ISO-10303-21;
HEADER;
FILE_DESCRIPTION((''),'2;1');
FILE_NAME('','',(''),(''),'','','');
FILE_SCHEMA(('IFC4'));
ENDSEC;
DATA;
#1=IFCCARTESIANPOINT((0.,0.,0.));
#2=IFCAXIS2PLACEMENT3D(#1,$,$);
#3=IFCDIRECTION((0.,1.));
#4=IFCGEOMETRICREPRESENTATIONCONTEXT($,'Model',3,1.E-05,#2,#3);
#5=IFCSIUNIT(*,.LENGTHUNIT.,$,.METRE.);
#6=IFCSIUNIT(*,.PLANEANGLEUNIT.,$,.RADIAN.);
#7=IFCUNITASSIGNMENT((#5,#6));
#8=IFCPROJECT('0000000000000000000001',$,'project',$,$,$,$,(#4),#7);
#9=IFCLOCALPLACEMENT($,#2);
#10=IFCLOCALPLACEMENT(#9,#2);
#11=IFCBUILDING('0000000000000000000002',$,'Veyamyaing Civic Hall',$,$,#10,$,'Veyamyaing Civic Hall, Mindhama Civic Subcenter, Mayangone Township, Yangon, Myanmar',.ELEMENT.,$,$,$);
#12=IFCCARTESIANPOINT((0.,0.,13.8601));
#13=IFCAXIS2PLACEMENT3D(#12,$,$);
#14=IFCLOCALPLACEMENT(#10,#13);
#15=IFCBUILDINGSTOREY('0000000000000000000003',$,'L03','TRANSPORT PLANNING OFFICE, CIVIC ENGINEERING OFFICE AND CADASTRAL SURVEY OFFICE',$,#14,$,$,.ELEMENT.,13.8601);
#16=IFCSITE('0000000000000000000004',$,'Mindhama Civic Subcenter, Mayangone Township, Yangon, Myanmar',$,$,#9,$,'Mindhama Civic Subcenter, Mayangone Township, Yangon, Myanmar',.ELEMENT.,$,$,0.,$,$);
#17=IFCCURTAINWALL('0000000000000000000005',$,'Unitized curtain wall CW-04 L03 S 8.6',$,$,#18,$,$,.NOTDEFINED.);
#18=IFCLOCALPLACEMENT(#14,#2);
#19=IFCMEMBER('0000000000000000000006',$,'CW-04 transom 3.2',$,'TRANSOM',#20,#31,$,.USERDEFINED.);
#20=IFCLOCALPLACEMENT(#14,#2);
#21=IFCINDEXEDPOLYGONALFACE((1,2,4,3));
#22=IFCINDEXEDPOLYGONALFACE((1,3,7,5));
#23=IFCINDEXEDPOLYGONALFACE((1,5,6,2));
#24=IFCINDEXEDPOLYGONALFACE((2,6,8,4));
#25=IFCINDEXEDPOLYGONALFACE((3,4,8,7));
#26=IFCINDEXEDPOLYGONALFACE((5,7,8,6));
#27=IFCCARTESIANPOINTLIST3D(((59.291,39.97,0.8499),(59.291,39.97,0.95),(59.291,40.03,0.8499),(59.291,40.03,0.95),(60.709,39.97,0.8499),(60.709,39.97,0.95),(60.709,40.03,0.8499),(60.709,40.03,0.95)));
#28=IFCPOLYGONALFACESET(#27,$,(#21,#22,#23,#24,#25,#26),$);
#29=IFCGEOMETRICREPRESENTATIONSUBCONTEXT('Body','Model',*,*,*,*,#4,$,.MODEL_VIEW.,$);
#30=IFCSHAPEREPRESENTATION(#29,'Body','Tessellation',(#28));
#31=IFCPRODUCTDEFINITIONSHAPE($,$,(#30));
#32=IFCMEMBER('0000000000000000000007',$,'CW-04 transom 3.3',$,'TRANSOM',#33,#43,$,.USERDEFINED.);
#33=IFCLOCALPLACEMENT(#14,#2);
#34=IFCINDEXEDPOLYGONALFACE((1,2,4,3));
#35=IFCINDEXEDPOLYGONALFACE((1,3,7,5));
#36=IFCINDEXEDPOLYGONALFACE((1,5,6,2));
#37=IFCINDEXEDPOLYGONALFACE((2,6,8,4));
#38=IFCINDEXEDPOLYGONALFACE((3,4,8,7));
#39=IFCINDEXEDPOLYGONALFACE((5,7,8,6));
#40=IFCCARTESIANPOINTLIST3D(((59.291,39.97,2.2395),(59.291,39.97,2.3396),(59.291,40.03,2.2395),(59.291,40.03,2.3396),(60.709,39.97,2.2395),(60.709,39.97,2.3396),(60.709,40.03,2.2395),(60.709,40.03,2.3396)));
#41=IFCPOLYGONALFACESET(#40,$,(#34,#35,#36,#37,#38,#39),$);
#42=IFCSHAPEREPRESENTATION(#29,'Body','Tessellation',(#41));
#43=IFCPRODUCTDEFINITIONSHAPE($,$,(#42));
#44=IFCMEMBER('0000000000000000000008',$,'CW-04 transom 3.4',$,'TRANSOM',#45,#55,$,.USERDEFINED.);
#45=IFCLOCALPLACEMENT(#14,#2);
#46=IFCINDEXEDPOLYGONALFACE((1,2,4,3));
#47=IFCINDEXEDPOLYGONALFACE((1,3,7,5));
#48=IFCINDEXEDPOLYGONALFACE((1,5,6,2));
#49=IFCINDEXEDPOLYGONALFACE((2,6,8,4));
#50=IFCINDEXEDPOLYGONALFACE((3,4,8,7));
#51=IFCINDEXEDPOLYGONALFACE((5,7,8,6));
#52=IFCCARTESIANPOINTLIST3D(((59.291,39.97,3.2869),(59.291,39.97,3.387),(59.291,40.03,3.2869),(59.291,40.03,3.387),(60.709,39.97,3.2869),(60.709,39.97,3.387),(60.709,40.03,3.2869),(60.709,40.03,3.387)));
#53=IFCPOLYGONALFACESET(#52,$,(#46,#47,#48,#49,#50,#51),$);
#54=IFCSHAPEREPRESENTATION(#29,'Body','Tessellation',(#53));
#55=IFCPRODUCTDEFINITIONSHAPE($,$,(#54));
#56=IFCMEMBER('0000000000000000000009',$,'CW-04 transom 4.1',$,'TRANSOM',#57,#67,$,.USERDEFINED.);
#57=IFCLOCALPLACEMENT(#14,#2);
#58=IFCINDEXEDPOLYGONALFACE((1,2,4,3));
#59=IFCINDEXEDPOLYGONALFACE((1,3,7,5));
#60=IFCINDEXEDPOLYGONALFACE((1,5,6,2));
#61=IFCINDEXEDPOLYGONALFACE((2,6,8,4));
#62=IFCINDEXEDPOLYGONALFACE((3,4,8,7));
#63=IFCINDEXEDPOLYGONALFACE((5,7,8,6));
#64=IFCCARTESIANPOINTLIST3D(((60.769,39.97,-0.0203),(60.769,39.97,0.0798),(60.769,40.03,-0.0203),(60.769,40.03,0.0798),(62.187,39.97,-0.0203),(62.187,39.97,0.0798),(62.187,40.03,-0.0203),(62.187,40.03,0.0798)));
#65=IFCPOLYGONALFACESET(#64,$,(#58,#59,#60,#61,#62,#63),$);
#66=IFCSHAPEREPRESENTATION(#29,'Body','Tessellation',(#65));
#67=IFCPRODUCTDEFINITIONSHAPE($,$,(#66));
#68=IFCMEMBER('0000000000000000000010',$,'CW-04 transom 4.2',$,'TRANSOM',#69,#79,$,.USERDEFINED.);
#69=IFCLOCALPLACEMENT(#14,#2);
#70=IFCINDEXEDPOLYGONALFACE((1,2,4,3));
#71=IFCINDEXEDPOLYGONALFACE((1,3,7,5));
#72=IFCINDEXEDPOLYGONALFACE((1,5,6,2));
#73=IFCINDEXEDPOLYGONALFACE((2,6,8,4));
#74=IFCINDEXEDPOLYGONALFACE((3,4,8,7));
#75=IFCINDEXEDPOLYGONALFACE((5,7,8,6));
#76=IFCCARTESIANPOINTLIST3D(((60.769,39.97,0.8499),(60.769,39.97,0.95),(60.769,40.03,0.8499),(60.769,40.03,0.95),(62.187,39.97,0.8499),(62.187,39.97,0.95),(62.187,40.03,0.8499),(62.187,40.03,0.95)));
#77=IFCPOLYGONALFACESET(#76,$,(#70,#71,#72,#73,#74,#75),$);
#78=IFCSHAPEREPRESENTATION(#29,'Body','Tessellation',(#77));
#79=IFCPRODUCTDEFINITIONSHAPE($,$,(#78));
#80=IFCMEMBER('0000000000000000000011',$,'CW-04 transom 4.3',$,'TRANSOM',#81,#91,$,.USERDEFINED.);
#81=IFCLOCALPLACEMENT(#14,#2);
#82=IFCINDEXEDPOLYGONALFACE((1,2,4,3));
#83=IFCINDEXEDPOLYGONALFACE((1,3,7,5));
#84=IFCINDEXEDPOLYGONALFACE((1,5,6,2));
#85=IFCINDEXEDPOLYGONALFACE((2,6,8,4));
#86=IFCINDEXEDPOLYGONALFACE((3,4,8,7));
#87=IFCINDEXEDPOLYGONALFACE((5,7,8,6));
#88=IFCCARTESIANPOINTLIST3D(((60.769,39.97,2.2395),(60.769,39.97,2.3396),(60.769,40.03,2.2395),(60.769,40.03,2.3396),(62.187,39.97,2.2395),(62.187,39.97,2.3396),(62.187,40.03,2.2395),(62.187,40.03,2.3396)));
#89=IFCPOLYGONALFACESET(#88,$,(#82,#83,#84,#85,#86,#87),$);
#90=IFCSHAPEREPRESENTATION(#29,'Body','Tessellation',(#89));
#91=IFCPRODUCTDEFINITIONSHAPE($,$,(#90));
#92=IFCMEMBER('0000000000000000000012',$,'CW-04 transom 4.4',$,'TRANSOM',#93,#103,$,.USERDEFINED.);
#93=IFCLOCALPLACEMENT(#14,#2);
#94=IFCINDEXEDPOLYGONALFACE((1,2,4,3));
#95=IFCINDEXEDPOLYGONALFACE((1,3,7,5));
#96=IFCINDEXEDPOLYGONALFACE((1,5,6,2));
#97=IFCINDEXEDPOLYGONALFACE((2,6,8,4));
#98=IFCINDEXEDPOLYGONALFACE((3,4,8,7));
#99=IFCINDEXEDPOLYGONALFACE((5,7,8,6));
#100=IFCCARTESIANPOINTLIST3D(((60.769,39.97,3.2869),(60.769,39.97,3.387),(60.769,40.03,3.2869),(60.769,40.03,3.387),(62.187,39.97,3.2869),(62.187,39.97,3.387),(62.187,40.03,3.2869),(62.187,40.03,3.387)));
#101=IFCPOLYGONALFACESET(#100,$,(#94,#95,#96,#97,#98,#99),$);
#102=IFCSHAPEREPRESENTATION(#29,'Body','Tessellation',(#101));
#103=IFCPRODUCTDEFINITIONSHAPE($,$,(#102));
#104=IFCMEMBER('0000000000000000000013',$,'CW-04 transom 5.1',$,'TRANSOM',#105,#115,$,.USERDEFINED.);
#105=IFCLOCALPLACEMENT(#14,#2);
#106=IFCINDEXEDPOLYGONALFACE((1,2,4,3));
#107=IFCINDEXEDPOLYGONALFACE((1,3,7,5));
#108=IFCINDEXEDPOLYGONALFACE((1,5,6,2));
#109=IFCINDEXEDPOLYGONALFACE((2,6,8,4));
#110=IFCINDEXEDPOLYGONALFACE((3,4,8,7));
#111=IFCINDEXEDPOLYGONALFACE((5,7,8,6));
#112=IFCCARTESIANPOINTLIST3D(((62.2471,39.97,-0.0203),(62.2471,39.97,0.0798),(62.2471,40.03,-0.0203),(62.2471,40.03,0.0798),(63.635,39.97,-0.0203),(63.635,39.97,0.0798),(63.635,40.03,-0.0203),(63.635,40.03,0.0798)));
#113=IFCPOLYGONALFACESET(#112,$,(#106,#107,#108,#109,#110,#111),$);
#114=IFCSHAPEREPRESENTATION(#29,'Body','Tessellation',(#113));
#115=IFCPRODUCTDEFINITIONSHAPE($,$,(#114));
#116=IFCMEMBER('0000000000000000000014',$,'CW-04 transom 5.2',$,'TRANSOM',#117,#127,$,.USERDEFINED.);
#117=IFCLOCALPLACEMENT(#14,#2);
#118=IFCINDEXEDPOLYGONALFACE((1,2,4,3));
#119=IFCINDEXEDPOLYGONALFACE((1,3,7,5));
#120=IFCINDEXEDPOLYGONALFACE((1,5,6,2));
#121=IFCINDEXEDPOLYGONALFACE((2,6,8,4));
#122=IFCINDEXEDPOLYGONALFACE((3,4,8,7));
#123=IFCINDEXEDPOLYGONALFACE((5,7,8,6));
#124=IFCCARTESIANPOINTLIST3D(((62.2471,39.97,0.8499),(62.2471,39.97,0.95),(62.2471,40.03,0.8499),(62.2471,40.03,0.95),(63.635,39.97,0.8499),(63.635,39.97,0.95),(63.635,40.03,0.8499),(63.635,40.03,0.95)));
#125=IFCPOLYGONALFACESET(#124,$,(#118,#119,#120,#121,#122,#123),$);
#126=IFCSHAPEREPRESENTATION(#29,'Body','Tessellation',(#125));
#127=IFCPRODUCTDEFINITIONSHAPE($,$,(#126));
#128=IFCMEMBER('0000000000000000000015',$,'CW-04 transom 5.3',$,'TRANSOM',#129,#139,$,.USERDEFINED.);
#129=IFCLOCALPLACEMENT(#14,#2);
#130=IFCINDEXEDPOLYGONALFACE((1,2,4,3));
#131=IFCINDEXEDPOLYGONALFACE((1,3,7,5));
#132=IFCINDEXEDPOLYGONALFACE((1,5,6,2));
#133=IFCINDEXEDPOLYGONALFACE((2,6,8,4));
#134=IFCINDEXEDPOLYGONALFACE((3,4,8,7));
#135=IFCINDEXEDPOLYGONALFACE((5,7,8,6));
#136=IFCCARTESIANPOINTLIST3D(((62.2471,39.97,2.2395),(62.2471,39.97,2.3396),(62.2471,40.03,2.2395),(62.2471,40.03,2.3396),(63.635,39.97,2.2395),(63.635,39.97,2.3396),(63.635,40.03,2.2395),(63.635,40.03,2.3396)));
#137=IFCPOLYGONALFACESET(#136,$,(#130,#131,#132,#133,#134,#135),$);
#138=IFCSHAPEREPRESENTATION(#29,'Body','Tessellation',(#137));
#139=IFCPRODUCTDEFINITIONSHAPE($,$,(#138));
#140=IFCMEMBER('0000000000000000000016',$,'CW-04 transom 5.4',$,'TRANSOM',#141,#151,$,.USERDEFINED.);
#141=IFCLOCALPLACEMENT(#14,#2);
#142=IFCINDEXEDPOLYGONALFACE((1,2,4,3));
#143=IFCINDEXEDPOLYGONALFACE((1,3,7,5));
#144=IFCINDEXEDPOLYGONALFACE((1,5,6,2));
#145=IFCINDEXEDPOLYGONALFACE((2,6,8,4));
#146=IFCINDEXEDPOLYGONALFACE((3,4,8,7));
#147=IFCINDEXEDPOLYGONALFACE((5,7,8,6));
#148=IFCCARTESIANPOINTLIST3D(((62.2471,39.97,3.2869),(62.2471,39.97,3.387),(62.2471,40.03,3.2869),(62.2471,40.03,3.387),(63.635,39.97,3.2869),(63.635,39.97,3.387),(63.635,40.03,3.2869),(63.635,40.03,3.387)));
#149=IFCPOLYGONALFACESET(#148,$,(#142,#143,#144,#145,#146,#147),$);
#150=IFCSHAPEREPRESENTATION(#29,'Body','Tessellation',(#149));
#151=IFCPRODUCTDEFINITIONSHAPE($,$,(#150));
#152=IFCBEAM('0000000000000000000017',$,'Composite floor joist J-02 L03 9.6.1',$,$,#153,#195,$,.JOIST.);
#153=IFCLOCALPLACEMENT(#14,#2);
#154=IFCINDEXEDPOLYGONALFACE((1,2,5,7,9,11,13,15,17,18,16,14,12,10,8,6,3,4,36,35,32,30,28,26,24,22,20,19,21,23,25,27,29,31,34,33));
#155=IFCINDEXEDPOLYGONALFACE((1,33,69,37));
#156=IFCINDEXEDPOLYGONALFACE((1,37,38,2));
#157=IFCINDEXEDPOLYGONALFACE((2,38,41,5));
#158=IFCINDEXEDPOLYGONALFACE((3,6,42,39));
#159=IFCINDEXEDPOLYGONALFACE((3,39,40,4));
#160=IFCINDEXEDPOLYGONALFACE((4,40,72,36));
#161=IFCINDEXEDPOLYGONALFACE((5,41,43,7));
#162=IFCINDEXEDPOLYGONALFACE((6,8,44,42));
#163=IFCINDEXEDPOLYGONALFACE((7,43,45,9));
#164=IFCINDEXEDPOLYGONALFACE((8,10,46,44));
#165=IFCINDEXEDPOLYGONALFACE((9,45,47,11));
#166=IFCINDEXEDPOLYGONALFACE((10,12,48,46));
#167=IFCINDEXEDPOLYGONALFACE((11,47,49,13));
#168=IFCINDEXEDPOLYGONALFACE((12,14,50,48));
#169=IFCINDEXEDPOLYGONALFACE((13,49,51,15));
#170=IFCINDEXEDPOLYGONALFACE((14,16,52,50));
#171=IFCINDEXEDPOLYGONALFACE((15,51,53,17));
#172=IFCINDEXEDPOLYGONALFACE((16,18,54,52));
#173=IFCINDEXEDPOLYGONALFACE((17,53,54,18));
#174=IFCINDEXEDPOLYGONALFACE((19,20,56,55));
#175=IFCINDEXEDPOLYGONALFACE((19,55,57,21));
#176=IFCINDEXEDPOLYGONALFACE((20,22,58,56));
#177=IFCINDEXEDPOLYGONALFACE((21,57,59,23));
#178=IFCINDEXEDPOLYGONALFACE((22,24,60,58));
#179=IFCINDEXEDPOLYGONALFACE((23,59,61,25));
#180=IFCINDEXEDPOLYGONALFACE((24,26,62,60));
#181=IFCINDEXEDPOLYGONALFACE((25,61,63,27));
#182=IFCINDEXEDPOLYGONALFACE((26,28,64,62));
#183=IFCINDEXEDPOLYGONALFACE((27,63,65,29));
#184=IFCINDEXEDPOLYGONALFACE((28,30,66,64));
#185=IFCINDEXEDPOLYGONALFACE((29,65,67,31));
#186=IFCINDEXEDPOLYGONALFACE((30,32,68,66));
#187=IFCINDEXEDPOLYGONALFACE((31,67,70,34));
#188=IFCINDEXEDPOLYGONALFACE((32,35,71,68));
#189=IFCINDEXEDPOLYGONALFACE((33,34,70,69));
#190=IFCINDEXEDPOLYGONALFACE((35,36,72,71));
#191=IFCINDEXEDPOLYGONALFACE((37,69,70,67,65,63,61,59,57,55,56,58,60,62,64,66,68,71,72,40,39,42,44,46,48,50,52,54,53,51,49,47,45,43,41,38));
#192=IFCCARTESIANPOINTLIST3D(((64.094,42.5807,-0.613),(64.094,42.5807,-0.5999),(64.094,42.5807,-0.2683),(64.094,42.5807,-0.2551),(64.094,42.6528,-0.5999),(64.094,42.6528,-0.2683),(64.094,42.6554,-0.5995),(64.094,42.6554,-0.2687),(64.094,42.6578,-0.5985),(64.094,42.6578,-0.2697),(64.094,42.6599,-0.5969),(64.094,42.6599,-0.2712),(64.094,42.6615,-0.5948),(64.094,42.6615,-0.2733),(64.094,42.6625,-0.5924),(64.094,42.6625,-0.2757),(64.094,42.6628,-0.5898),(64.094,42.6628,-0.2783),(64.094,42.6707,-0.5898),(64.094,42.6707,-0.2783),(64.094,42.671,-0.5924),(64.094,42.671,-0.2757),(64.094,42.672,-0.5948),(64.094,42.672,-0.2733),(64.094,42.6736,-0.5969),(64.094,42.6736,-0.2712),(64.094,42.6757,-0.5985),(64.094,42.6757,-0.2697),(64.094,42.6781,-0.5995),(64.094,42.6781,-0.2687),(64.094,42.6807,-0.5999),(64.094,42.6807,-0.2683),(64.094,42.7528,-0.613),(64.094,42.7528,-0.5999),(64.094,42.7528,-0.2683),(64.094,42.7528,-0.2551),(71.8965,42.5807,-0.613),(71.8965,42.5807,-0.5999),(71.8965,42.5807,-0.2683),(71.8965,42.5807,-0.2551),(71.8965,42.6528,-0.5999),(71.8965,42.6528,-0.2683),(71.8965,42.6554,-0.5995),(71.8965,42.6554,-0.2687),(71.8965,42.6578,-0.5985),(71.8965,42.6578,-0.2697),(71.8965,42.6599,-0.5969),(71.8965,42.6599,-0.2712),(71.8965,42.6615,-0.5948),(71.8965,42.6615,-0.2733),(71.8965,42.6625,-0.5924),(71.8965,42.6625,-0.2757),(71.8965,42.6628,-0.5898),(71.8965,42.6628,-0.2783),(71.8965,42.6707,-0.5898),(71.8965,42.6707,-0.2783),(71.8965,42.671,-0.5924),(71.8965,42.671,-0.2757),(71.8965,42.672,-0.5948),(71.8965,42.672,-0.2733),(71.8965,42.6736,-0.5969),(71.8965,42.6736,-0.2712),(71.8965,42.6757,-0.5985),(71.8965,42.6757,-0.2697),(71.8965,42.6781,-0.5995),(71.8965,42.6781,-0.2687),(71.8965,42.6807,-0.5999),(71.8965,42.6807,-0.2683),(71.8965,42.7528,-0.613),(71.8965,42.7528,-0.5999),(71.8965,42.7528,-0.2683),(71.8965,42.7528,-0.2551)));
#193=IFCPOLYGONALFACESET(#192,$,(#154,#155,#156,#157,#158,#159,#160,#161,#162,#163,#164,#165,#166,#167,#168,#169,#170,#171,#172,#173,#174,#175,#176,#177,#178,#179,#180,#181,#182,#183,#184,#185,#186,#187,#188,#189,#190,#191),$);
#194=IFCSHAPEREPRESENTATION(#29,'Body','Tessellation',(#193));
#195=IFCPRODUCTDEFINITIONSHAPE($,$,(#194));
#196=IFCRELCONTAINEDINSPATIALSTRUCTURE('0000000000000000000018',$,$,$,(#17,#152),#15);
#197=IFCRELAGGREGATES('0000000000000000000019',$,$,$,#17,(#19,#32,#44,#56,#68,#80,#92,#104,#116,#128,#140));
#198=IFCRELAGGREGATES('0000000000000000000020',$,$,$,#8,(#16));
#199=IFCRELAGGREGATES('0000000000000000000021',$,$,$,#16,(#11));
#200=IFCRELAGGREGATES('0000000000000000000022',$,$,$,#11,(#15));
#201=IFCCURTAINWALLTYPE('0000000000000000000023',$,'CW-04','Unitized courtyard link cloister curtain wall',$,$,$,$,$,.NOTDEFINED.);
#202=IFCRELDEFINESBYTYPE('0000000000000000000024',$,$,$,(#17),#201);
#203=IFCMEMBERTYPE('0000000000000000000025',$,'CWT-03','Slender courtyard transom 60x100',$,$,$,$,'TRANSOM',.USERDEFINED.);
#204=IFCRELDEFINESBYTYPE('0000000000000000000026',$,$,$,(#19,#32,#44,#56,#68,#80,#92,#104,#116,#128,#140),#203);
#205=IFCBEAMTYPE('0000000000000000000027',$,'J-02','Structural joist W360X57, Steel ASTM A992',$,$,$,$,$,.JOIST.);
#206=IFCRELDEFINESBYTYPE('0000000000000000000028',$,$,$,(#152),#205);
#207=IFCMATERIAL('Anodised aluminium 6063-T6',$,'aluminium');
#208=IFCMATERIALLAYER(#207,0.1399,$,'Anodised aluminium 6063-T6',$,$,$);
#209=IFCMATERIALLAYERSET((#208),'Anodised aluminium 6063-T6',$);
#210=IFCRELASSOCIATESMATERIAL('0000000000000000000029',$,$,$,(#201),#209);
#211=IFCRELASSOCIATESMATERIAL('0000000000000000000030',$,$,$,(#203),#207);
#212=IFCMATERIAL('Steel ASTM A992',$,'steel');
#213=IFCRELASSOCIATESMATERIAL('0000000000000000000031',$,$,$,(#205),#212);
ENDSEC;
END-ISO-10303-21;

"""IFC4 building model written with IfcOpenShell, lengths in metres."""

from ifc_helpers import new_model, si_unit, direction, frame, origin, origin_2d, place, context, subcontext, project, spatial, rectangle, i_section, extrude, material, layer, layer_set, material_profile, profile_set, type_object, element, aggregate, save


model = new_model("IFC4")

# Units and contexts
model_context = context("Model", 3, precision=1e-05, world=origin(), true_north=direction((0.0, 1.0)))
body_context = subcontext(model_context, "Body", "Model", "MODEL_VIEW")
ifc_project = project(units=[si_unit("LENGTHUNIT", "METRE"), si_unit("PLANEANGLEUNIT", "RADIAN")], contexts=[model_context])

# Site, building, storey
site_placement = place(None, origin())
site = spatial("IfcSite", under=ifc_project, at=site_placement, Name="Mindhama Civic Subcenter, Mayangone Township, Yangon, Myanmar", LongName="Mindhama Civic Subcenter, Mayangone Township, Yangon, Myanmar", CompositionType="ELEMENT", RefElevation=0.0)
building_placement = place(site_placement, origin())
building = spatial("IfcBuilding", under=site, at=building_placement, Name="Veyamyaing Civic Hall", LongName="Veyamyaing Civic Hall, Mindhama Civic Subcenter, Mayangone Township, Yangon, Myanmar", CompositionType="ELEMENT")
storey_placement = place(building_placement, frame((0.0, 0.0, 13.8601)))
storey = spatial("IfcBuildingStorey", under=building, at=storey_placement, Name="L03", Description="TRANSPORT PLANNING OFFICE, CIVIC ENGINEERING OFFICE AND CADASTRAL SURVEY OFFICE", CompositionType="ELEMENT", Elevation=13.8601)

# Shared definitions
ifc_material_1 = material(Name="Steel ASTM A992", Category="steel")

# Curtain wall, members
ifc_material_2 = material(Name="Anodised aluminium 6063-T6", Category="aluminium")
ifc_layer_1 = layer(ifc_material_2, 0.1399, Name="Anodised aluminium 6063-T6")
ifc_layer_set_1 = layer_set([ifc_layer_1], Name="Anodised aluminium 6063-T6")
curtain_wall_type = type_object("IfcCurtainWallType", Name="CW-04", Description="Unitized courtyard link cloister curtain wall", PredefinedType="NOTDEFINED", material=ifc_layer_set_1)
curtain_wall_placement = place(storey_placement, origin())
curtain_wall = element("IfcCurtainWall", 1, at=curtain_wall_placement, inside=storey, type_object=curtain_wall_type, Name="Unitized curtain wall CW-04 L03 S 8.6", PredefinedType="NOTDEFINED")
ifc_material_profile_1 = material_profile(ifc_material_2, rectangle(XDim=0.0601, YDim=0.1001, at=origin_2d()), Name="ALU-TRN-60X100")
ifc_profile_set_1 = profile_set([ifc_material_profile_1], Name="Anodised aluminium 6063-T6")
member_type_1 = type_object("IfcMemberType", Name="CWT-03", Description="Slender courtyard transom 60x100", ElementType="TRANSOM", PredefinedType="USERDEFINED", material=ifc_profile_set_1)
member_1_placement = place(storey_placement, frame((59.291, 40.0, 0.8999), z_axis=(1.0, 0.0, 0.0), x_axis=(0.0, 1.0, 0.0)))
member_1 = element("IfcMember", 2, at=member_1_placement, type_object=member_type_1, Name="CW-04 transom 3.2", ObjectType="TRANSOM", PredefinedType="USERDEFINED", context=body_context, shape_type="SweptSolid", body=[
    extrude(rectangle(XDim=0.0601, YDim=0.1001, at=origin_2d()), origin(), (0.0, 0.0, 1.0), 1.418),
])
member_2_placement = place(storey_placement, frame((59.291, 40.0, 2.2896), z_axis=(1.0, 0.0, 0.0), x_axis=(0.0, 1.0, 0.0)))
member_2 = element("IfcMember", 3, at=member_2_placement, type_object=member_type_1, Name="CW-04 transom 3.3", ObjectType="TRANSOM", PredefinedType="USERDEFINED", context=body_context, shape_type="SweptSolid", body=[
    extrude(rectangle(XDim=0.0601, YDim=0.1001, at=origin_2d()), origin(), (0.0, 0.0, 1.0), 1.418),
])
member_3_placement = place(storey_placement, frame((59.291, 40.0, 3.3369), z_axis=(1.0, 0.0, 0.0), x_axis=(0.0, 1.0, 0.0)))
member_3 = element("IfcMember", 4, at=member_3_placement, type_object=member_type_1, Name="CW-04 transom 3.4", ObjectType="TRANSOM", PredefinedType="USERDEFINED", context=body_context, shape_type="SweptSolid", body=[
    extrude(rectangle(XDim=0.0601, YDim=0.1001, at=origin_2d()), origin(), (0.0, 0.0, 1.0), 1.418),
])
member_4_placement = place(storey_placement, frame((60.769, 40.0, 0.0298), z_axis=(1.0, 0.0, 0.0), x_axis=(0.0, 1.0, 0.0)))
member_4 = element("IfcMember", 5, at=member_4_placement, type_object=member_type_1, Name="CW-04 transom 4.1", ObjectType="TRANSOM", PredefinedType="USERDEFINED", context=body_context, shape_type="SweptSolid", body=[
    extrude(rectangle(XDim=0.0601, YDim=0.1001, at=origin_2d()), origin(), (0.0, 0.0, 1.0), 1.418),
])
member_5_placement = place(storey_placement, frame((60.769, 40.0, 0.8999), z_axis=(1.0, 0.0, 0.0), x_axis=(0.0, 1.0, 0.0)))
member_5 = element("IfcMember", 6, at=member_5_placement, type_object=member_type_1, Name="CW-04 transom 4.2", ObjectType="TRANSOM", PredefinedType="USERDEFINED", context=body_context, shape_type="SweptSolid", body=[
    extrude(rectangle(XDim=0.0601, YDim=0.1001, at=origin_2d()), origin(), (0.0, 0.0, 1.0), 1.418),
])
member_6_placement = place(storey_placement, frame((60.769, 40.0, 2.2896), z_axis=(1.0, 0.0, 0.0), x_axis=(0.0, 1.0, 0.0)))
member_6 = element("IfcMember", 7, at=member_6_placement, type_object=member_type_1, Name="CW-04 transom 4.3", ObjectType="TRANSOM", PredefinedType="USERDEFINED", context=body_context, shape_type="SweptSolid", body=[
    extrude(rectangle(XDim=0.0601, YDim=0.1001, at=origin_2d()), origin(), (0.0, 0.0, 1.0), 1.418),
])
member_7_placement = place(storey_placement, frame((60.769, 40.0, 3.3369), z_axis=(1.0, 0.0, 0.0), x_axis=(0.0, 1.0, 0.0)))
member_7 = element("IfcMember", 8, at=member_7_placement, type_object=member_type_1, Name="CW-04 transom 4.4", ObjectType="TRANSOM", PredefinedType="USERDEFINED", context=body_context, shape_type="SweptSolid", body=[
    extrude(rectangle(XDim=0.0601, YDim=0.1001, at=origin_2d()), origin(), (0.0, 0.0, 1.0), 1.418),
])
member_8_placement = place(storey_placement, frame((62.2471, 40.0, 0.0298), z_axis=(1.0, 0.0, 0.0), x_axis=(0.0, 1.0, 0.0)))
member_8 = element("IfcMember", 9, at=member_8_placement, type_object=member_type_1, Name="CW-04 transom 5.1", ObjectType="TRANSOM", PredefinedType="USERDEFINED", context=body_context, shape_type="SweptSolid", body=[
    extrude(rectangle(XDim=0.0601, YDim=0.1001, at=origin_2d()), origin(), (0.0, 0.0, 1.0), 1.3879),
])
member_9_placement = place(storey_placement, frame((62.2471, 40.0, 0.8999), z_axis=(1.0, 0.0, 0.0), x_axis=(0.0, 1.0, 0.0)))
member_9 = element("IfcMember", 10, at=member_9_placement, type_object=member_type_1, Name="CW-04 transom 5.2", ObjectType="TRANSOM", PredefinedType="USERDEFINED", context=body_context, shape_type="SweptSolid", body=[
    extrude(rectangle(XDim=0.0601, YDim=0.1001, at=origin_2d()), origin(), (0.0, 0.0, 1.0), 1.3879),
])
member_10_placement = place(storey_placement, frame((62.2471, 40.0, 2.2896), z_axis=(1.0, 0.0, 0.0), x_axis=(0.0, 1.0, 0.0)))
member_10 = element("IfcMember", 11, at=member_10_placement, type_object=member_type_1, Name="CW-04 transom 5.3", ObjectType="TRANSOM", PredefinedType="USERDEFINED", context=body_context, shape_type="SweptSolid", body=[
    extrude(rectangle(XDim=0.0601, YDim=0.1001, at=origin_2d()), origin(), (0.0, 0.0, 1.0), 1.3879),
])
member_11_placement = place(storey_placement, frame((62.2471, 40.0, 3.3369), z_axis=(1.0, 0.0, 0.0), x_axis=(0.0, 1.0, 0.0)))
member_11 = element("IfcMember", 12, at=member_11_placement, type_object=member_type_1, Name="CW-04 transom 5.4", ObjectType="TRANSOM", PredefinedType="USERDEFINED", context=body_context, shape_type="SweptSolid", body=[
    extrude(rectangle(XDim=0.0601, YDim=0.1001, at=origin_2d()), origin(), (0.0, 0.0, 1.0), 1.3879),
])

# Beam
ifc_material_profile_2 = material_profile(ifc_material_1, i_section(OverallWidth=0.1721, OverallDepth=0.3579, WebThickness=0.0078, FlangeThickness=0.0132, FilletRadius=0.01, at=origin_2d()), Name="W360X57")
ifc_profile_set_2 = profile_set([ifc_material_profile_2], Name="Steel ASTM A992")
beam_type_1 = type_object("IfcBeamType", Name="J-02", Description="Structural joist W360X57, Steel ASTM A992", PredefinedType="JOIST", material=ifc_profile_set_2)
beam_1_placement = place(storey_placement, frame((64.094, 42.6667, -0.4341), z_axis=(1.0, 0.0, 0.0), x_axis=(0.0, 1.0, 0.0)))
element("IfcBeam", 13, at=beam_1_placement, inside=storey, type_object=beam_type_1, Name="Composite floor joist J-02 L03 9.6.1", PredefinedType="JOIST", context=body_context, shape_type="SweptSolid", body=[
    extrude(i_section(OverallWidth=0.1721, OverallDepth=0.3579, WebThickness=0.0078, FlangeThickness=0.0132, FilletRadius=0.01, at=origin_2d()), origin(), (0.0, 0.0, 1.0), 7.8025),
])

aggregate(curtain_wall, [member_1, member_2, member_3, member_4, member_5, member_6, member_7, member_8, member_9, member_10, member_11])

save(model, "model.ifc")
